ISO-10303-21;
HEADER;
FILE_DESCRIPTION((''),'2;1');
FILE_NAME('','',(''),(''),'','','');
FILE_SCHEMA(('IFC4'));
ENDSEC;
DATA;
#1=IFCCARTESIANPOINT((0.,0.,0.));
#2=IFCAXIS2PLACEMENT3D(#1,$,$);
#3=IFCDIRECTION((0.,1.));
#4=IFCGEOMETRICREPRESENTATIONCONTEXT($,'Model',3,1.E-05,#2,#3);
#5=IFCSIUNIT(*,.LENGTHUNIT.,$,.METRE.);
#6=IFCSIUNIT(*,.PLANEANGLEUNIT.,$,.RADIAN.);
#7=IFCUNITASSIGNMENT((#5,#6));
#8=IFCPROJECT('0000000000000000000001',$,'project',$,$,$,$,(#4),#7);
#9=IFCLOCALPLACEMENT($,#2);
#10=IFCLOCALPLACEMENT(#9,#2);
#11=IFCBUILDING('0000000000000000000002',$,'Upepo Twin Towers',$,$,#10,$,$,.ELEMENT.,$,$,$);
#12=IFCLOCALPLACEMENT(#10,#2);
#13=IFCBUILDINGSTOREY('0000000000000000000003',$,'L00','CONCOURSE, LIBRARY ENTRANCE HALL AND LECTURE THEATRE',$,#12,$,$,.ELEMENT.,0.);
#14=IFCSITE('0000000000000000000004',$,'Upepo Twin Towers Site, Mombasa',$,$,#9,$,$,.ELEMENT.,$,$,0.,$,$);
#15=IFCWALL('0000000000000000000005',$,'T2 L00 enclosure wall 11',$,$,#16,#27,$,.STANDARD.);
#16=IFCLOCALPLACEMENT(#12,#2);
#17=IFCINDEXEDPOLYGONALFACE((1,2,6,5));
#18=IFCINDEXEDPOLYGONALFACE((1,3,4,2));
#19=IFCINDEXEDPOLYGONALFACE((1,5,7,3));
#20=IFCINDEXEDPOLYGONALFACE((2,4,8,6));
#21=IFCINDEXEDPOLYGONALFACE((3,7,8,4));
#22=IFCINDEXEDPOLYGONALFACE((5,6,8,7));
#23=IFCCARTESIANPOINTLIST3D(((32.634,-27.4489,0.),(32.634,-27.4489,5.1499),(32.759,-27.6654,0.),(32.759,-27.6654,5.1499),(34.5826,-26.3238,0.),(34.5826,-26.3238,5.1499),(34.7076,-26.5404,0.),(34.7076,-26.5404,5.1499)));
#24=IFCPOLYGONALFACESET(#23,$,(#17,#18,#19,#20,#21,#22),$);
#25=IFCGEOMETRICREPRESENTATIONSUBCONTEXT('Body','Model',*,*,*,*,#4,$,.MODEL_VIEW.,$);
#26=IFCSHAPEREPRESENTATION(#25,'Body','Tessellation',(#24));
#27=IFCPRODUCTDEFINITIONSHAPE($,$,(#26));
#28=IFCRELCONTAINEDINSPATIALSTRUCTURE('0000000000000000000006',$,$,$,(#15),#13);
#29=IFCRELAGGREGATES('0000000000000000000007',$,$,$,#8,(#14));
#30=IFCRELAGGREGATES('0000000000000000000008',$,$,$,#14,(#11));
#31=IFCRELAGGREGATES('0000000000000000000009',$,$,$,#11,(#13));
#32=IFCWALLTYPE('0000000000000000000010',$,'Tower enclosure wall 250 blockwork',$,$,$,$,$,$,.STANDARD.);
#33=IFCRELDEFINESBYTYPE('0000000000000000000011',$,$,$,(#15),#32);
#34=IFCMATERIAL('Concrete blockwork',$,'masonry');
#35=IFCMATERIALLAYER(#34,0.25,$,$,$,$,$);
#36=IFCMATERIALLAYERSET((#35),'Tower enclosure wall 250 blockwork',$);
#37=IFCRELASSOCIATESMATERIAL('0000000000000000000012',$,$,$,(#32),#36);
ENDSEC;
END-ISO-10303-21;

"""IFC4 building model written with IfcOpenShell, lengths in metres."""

from ifc_helpers import new_model, si_unit, direction, frame, frame_2d, origin, place, context, subcontext, project, spatial, rectangle, extrude, material, layer, layer_set, type_object, element, save


model = new_model("IFC4")

# Units and contexts
model_context = context("Model", 3, precision=1e-05, world=origin(), true_north=direction((0.0, 1.0)))
body_context = subcontext(model_context, "Body", "Model", "MODEL_VIEW")
ifc_project = project(units=[si_unit("LENGTHUNIT", "METRE"), si_unit("PLANEANGLEUNIT", "RADIAN")], contexts=[model_context])

# Site, building, storey
site_placement = place(None, origin())
site = spatial("IfcSite", under=ifc_project, at=site_placement, Name="Upepo Twin Towers Site, Mombasa", CompositionType="ELEMENT", RefElevation=0.0)
building_placement = place(site_placement, origin())
building = spatial("IfcBuilding", under=site, at=building_placement, Name="Upepo Twin Towers", CompositionType="ELEMENT")
storey_placement = place(building_placement, origin())
storey = spatial("IfcBuildingStorey", under=building, at=storey_placement, Name="L00", Description="CONCOURSE, LIBRARY ENTRANCE HALL AND LECTURE THEATRE", CompositionType="ELEMENT", Elevation=0.0)

# Shared definitions
ifc_material_1 = material(Name="Concrete blockwork", Category="masonry")
ifc_layer_1 = layer(ifc_material_1, 0.25)
ifc_layer_set_1 = layer_set([ifc_layer_1], Name="Tower enclosure wall 250 blockwork")
wall_type_1 = type_object("IfcWallType", Name="Tower enclosure wall 250 blockwork", PredefinedType="STANDARD", material=ifc_layer_set_1)

# Wall
wall_1_placement = place(storey_placement, frame((32.6965, -27.5571, 0.0), z_axis=(0.0, 0.0, 1.0), x_axis=(0.866018, 0.500014, 0.0)))
element("IfcWall", 1, at=wall_1_placement, inside=storey, type_object=wall_type_1, Name="T2 L00 enclosure wall 11", PredefinedType="STANDARD", context=body_context, shape_type="SweptSolid", body=[
    extrude(rectangle(XDim=2.25, YDim=0.25, at=frame_2d((1.125, 0.0))), origin(), (0.0, 0.0, 1.0), 5.1499),
])

save(model, "model.ifc")
